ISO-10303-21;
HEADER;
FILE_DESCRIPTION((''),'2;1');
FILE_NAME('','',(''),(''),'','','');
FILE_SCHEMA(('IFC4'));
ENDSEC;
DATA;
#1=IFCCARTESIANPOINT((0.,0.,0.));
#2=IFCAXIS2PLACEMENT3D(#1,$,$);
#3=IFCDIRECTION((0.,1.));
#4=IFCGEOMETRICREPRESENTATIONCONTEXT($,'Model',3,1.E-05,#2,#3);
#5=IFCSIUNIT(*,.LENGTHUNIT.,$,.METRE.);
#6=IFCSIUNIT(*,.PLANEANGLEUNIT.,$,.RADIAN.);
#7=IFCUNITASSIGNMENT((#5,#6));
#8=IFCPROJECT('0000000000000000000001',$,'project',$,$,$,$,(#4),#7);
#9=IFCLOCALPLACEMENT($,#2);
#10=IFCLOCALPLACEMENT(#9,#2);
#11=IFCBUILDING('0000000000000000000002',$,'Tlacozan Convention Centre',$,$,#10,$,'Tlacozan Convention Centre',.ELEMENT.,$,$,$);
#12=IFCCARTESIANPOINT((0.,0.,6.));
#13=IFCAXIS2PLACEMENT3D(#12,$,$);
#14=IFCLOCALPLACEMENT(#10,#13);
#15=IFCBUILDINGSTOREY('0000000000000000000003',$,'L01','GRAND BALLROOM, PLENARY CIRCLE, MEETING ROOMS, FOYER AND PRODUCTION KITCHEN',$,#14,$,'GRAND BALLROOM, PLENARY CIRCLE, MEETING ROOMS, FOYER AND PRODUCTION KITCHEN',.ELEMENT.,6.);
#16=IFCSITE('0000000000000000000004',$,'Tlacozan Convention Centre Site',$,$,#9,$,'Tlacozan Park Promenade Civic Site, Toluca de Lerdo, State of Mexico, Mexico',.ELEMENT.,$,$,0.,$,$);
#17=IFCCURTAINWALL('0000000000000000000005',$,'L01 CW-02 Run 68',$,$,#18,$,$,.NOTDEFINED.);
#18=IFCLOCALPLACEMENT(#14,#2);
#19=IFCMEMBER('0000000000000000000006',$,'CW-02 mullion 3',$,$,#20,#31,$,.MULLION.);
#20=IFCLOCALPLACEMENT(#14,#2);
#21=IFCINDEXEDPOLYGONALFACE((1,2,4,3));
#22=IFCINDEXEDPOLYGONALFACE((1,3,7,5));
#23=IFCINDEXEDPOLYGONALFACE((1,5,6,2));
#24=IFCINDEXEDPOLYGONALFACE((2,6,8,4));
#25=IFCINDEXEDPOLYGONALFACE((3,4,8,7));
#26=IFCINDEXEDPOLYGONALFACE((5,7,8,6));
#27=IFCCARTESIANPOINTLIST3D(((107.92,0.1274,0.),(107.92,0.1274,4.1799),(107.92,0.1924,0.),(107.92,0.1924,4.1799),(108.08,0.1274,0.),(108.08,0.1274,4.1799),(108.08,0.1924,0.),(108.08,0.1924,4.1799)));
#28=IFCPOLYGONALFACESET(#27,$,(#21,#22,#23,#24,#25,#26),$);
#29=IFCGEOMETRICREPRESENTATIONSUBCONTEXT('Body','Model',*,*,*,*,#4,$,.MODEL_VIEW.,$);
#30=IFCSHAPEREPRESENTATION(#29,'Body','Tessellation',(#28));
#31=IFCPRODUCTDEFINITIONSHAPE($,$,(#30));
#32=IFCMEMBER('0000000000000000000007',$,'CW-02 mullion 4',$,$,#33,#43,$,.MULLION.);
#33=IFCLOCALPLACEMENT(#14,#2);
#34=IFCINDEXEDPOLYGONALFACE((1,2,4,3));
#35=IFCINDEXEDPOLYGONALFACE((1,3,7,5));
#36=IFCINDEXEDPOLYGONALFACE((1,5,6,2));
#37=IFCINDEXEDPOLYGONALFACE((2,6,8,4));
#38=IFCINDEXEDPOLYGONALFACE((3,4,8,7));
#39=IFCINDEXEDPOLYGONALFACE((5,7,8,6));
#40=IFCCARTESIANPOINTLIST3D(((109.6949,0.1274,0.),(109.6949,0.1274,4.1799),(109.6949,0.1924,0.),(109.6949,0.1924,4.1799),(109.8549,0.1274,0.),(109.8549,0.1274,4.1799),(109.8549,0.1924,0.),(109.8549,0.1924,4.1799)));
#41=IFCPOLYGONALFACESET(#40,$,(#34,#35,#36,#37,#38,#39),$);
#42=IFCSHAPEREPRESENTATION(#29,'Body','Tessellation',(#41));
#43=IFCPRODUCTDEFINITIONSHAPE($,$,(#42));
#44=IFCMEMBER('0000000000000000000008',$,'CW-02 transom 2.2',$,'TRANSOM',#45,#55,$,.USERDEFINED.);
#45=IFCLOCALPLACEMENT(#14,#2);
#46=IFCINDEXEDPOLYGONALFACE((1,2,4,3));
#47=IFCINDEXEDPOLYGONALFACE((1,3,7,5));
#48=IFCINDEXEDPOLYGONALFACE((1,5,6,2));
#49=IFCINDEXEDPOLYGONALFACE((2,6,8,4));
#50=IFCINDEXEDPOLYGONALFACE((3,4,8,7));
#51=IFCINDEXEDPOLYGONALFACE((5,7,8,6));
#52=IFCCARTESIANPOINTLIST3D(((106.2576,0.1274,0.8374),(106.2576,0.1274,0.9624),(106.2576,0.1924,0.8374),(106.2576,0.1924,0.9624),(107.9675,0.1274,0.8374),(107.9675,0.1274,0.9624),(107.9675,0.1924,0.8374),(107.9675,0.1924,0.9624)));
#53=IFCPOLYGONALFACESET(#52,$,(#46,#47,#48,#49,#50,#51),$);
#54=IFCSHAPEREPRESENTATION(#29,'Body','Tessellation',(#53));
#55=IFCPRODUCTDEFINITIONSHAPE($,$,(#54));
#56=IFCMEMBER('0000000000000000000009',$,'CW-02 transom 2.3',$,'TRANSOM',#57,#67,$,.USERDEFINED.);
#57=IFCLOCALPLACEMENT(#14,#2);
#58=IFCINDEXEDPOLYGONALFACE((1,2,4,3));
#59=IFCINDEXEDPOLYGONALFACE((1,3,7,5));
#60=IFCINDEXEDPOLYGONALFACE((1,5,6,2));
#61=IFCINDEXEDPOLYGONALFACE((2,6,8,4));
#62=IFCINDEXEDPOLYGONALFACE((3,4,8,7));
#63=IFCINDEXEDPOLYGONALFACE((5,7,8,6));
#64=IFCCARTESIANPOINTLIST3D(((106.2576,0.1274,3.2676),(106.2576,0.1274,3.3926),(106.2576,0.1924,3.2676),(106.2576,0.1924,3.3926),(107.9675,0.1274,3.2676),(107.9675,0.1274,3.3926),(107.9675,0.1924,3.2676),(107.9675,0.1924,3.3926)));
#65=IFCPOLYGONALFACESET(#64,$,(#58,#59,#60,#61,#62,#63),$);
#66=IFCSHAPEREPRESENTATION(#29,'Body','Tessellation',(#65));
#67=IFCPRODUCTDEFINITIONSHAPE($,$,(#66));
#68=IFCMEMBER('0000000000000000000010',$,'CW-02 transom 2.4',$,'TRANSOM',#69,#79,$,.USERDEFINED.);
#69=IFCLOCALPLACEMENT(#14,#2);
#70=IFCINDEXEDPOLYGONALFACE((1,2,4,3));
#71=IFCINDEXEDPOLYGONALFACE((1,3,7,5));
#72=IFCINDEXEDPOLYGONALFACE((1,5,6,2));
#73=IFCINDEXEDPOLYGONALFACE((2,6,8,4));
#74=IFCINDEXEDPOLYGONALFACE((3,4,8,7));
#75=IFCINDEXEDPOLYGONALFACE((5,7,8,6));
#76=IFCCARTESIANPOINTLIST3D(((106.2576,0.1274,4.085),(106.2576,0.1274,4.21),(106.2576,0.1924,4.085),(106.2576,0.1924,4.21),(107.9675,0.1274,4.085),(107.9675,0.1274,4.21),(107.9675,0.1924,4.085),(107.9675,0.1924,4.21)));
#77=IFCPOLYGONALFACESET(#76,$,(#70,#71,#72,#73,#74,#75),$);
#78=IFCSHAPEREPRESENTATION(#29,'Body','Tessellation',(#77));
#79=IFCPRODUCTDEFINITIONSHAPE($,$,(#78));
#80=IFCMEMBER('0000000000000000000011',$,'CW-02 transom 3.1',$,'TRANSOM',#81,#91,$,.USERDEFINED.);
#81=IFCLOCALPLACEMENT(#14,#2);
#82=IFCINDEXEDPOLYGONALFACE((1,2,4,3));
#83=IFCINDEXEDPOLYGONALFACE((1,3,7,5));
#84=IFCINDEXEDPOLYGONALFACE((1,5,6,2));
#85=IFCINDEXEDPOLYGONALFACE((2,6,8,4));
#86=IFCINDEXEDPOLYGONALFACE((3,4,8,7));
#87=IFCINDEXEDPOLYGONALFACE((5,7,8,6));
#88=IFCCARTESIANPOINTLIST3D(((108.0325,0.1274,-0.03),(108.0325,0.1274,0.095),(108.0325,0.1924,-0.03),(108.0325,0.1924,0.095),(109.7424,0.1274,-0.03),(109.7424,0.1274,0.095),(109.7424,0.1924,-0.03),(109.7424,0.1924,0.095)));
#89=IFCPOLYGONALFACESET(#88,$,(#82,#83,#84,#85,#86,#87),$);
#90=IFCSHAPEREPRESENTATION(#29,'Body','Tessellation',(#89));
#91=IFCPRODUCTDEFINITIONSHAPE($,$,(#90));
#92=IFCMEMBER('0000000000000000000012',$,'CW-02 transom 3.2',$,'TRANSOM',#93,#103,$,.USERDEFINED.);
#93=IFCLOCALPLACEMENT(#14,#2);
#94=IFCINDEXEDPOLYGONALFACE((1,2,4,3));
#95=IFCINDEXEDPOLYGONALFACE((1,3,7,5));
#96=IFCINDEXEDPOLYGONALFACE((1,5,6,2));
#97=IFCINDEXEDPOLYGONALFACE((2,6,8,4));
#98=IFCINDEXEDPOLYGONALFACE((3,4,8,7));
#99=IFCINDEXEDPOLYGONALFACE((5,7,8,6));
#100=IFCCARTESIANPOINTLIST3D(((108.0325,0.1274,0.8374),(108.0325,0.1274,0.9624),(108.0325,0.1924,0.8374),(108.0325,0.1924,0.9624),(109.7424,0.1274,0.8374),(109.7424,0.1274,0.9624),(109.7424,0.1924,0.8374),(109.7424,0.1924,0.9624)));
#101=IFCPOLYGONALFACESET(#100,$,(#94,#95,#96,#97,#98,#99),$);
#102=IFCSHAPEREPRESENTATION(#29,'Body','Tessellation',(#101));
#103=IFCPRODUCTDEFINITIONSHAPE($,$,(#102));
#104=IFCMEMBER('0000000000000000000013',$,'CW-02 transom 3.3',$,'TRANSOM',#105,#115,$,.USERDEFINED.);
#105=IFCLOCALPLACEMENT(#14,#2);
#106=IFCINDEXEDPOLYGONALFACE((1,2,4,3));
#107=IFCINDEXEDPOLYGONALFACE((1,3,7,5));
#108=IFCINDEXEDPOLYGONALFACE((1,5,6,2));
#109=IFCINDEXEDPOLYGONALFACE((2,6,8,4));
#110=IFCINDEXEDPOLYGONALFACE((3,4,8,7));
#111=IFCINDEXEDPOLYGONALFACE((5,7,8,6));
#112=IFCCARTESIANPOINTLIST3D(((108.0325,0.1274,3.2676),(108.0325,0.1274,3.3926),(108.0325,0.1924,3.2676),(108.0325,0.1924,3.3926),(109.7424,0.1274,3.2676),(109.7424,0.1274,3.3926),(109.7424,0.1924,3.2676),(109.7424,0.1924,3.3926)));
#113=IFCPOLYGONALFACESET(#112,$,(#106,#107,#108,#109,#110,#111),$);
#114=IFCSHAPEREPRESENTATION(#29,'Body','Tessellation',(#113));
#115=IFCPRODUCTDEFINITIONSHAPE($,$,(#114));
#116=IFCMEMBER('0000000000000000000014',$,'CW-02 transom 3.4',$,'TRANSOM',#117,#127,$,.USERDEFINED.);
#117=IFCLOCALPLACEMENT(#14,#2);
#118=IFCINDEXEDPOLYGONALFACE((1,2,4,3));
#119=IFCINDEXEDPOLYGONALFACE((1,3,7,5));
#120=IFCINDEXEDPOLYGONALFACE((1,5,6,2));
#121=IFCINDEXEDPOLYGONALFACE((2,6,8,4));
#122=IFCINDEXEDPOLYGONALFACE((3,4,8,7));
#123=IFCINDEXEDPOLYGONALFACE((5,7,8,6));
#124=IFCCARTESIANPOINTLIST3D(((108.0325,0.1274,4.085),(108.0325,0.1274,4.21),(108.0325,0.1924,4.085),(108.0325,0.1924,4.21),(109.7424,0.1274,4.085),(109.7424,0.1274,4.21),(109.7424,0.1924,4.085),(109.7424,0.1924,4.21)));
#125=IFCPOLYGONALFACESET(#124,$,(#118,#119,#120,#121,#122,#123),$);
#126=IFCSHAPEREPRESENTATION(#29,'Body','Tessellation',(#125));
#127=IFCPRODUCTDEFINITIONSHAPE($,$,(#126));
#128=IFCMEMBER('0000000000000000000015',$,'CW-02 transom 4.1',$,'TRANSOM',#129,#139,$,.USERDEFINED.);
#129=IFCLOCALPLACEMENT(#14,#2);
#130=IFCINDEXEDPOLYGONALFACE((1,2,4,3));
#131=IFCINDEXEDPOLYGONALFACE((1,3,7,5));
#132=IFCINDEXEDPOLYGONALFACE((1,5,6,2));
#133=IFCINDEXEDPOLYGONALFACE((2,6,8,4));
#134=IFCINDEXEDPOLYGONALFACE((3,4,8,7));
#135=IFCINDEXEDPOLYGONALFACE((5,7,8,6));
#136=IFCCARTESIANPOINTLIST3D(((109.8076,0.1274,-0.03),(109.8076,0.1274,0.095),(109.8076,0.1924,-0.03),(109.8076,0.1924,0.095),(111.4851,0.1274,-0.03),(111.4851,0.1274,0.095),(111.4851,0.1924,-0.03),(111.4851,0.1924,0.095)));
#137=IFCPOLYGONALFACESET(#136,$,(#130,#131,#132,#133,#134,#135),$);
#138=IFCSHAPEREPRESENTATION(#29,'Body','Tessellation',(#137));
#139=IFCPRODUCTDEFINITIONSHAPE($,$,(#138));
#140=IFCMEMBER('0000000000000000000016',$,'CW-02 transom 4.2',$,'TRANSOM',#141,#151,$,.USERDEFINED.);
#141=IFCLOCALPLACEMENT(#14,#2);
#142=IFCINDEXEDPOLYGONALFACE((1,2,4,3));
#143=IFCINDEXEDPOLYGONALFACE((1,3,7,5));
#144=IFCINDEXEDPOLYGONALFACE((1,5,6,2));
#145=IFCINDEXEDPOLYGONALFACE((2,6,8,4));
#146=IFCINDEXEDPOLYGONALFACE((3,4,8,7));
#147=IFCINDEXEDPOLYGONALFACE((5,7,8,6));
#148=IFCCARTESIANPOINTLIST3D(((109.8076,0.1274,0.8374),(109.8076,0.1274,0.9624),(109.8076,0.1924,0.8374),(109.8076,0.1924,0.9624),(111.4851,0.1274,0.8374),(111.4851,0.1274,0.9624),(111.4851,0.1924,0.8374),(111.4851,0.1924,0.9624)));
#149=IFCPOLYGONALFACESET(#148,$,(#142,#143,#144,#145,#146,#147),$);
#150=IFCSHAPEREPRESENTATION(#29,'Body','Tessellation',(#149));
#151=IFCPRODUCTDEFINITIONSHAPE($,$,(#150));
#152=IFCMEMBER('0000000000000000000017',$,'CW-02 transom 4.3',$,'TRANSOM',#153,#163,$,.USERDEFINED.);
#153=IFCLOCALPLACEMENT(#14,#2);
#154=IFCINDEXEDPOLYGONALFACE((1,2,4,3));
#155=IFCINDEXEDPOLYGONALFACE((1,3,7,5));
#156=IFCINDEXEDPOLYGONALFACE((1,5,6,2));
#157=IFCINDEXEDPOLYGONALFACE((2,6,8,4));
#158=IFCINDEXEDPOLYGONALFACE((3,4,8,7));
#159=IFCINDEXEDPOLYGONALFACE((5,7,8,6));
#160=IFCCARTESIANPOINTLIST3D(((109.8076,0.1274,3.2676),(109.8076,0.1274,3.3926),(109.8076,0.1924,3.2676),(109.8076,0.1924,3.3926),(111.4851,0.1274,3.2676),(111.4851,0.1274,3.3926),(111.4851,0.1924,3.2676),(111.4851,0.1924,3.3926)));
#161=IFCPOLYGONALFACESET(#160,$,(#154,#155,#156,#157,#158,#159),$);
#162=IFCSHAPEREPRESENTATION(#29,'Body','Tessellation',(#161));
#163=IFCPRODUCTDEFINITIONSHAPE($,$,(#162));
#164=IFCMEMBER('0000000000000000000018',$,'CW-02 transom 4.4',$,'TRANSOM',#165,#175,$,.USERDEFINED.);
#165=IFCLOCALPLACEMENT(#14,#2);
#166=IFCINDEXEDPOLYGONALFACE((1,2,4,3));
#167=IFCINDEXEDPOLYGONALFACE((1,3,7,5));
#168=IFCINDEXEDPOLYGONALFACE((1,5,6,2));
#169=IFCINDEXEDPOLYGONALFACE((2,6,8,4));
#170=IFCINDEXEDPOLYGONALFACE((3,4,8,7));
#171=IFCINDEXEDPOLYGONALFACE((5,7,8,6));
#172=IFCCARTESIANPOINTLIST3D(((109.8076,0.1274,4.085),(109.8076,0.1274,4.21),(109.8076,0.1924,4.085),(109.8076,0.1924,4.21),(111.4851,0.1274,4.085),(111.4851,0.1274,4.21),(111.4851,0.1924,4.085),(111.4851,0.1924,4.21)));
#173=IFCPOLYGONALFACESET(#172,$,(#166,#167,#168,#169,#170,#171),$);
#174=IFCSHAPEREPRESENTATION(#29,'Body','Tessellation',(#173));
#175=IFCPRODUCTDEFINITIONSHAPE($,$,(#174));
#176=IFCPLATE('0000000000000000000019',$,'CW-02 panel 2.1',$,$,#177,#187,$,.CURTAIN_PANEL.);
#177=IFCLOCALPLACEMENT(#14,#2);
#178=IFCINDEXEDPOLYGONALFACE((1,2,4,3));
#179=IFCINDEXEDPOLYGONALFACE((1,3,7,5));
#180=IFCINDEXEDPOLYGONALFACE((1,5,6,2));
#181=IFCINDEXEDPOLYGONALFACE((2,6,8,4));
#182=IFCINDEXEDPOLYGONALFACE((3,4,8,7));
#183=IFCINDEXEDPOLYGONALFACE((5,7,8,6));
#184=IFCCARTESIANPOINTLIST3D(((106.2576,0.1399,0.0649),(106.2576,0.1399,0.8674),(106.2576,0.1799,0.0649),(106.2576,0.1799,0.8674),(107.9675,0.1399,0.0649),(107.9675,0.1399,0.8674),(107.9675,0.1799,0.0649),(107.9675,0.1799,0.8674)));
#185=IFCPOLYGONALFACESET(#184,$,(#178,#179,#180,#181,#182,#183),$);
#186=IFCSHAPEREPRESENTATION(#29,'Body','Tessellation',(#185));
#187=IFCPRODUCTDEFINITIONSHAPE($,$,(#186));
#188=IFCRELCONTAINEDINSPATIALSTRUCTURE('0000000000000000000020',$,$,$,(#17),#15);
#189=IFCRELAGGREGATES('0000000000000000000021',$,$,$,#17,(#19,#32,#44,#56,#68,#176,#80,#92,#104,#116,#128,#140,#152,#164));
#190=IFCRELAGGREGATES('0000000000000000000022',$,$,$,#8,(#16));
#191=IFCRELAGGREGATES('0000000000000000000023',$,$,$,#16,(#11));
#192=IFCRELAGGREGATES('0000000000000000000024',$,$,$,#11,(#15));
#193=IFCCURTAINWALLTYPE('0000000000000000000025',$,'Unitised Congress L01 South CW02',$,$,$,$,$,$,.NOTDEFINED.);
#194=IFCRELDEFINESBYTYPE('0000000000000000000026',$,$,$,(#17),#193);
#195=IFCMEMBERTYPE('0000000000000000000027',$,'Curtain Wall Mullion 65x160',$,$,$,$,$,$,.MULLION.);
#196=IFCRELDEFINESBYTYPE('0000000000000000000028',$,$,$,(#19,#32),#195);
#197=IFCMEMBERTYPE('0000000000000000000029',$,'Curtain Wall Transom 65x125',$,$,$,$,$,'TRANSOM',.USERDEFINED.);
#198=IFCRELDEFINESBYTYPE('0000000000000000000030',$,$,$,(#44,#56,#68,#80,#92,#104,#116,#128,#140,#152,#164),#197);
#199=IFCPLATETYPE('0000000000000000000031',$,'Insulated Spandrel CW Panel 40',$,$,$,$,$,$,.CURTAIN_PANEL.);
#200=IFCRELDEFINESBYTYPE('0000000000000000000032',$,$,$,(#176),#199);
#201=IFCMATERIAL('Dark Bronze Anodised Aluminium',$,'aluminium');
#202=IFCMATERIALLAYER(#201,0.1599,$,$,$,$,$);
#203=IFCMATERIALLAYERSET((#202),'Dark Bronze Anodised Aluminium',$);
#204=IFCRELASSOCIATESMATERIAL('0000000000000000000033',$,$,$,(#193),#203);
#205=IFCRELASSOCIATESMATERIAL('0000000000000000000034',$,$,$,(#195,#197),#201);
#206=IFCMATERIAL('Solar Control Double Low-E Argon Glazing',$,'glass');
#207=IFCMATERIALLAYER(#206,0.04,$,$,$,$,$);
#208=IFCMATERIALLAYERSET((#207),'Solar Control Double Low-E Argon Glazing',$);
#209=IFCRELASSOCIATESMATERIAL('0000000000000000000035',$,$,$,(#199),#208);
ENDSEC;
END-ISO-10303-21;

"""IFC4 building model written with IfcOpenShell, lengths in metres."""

from ifc_helpers import new_model, si_unit, direction, frame, origin, origin_2d, place, context, subcontext, project, spatial, rectangle, extrude, material, layer, layer_set, material_profile, profile_set, type_object, element, aggregate, save


model = new_model("IFC4")

# Units and contexts
model_context = context("Model", 3, precision=1e-05, world=origin(), true_north=direction((0.0, 1.0)))
body_context = subcontext(model_context, "Body", "Model", "MODEL_VIEW")
ifc_project = project(units=[si_unit("LENGTHUNIT", "METRE"), si_unit("PLANEANGLEUNIT", "RADIAN")], contexts=[model_context])

# Site, building, storey
site_placement = place(None, origin())
site = spatial("IfcSite", under=ifc_project, at=site_placement, Name="Tlacozan Convention Centre Site", LongName="Tlacozan Park Promenade Civic Site, Toluca de Lerdo, State of Mexico, Mexico", CompositionType="ELEMENT", RefElevation=0.0)
building_placement = place(site_placement, origin())
building = spatial("IfcBuilding", under=site, at=building_placement, Name="Tlacozan Convention Centre", LongName="Tlacozan Convention Centre", CompositionType="ELEMENT")
storey_placement = place(building_placement, frame((0.0, 0.0, 6.0)))
storey = spatial("IfcBuildingStorey", under=building, at=storey_placement, Name="L01", Description="GRAND BALLROOM, PLENARY CIRCLE, MEETING ROOMS, FOYER AND PRODUCTION KITCHEN", LongName="GRAND BALLROOM, PLENARY CIRCLE, MEETING ROOMS, FOYER AND PRODUCTION KITCHEN", CompositionType="ELEMENT", Elevation=6.0)

# Curtain wall, members, plate
ifc_material_1 = material(Name="Dark Bronze Anodised Aluminium", Category="aluminium")
ifc_layer_1 = layer(ifc_material_1, 0.1599)
ifc_layer_set_1 = layer_set([ifc_layer_1], Name="Dark Bronze Anodised Aluminium")
curtain_wall_type = type_object("IfcCurtainWallType", Name="Unitised Congress L01 South CW02", PredefinedType="NOTDEFINED", material=ifc_layer_set_1)
curtain_wall_placement = place(storey_placement, origin())
curtain_wall = element("IfcCurtainWall", 1, at=curtain_wall_placement, inside=storey, type_object=curtain_wall_type, Name="L01 CW-02 Run 68", PredefinedType="NOTDEFINED")
ifc_material_profile_1 = material_profile(ifc_material_1, rectangle(XDim=0.0649, YDim=0.1599, at=origin_2d()), Name="ALU 65x160")
ifc_profile_set_1 = profile_set([ifc_material_profile_1], Name="Dark Bronze Anodised Aluminium")
member_type_1 = type_object("IfcMemberType", Name="Curtain Wall Mullion 65x160", PredefinedType="MULLION", material=ifc_profile_set_1)
member_1_placement = place(storey_placement, frame((108.0, 0.1599, 0.0), z_axis=(0.0, 0.0, 1.0), x_axis=(0.0, 1.0, 0.0)))
member_1 = element("IfcMember", 2, at=member_1_placement, type_object=member_type_1, Name="CW-02 mullion 3", PredefinedType="MULLION", context=body_context, shape_type="SweptSolid", body=[
    extrude(rectangle(XDim=0.0649, YDim=0.1599, at=origin_2d()), origin(), (0.0, 0.0, 1.0), 4.1799),
])
member_2_placement = place(storey_placement, frame((109.7749, 0.1599, 0.0), z_axis=(0.0, 0.0, 1.0), x_axis=(0.0, 1.0, 0.0)))
member_2 = element("IfcMember", 3, at=member_2_placement, type_object=member_type_1, Name="CW-02 mullion 4", PredefinedType="MULLION", context=body_context, shape_type="SweptSolid", body=[
    extrude(rectangle(XDim=0.0649, YDim=0.1599, at=origin_2d()), origin(), (0.0, 0.0, 1.0), 4.1799),
])
ifc_material_profile_2 = material_profile(ifc_material_1, rectangle(XDim=0.0649, YDim=0.125, at=origin_2d()), Name="ALU 65x125")
ifc_profile_set_2 = profile_set([ifc_material_profile_2], Name="Dark Bronze Anodised Aluminium")
member_type_2 = type_object("IfcMemberType", Name="Curtain Wall Transom 65x125", ElementType="TRANSOM", PredefinedType="USERDEFINED", material=ifc_profile_set_2)
member_3_placement = place(storey_placement, frame((106.2576, 0.1599, 0.8999), z_axis=(1.0, 0.0, 0.0), x_axis=(0.0, 1.0, 0.0)))
member_3 = element("IfcMember", 4, at=member_3_placement, type_object=member_type_2, Name="CW-02 transom 2.2", ObjectType="TRANSOM", PredefinedType="USERDEFINED", context=body_context, shape_type="SweptSolid", body=[
    extrude(rectangle(XDim=0.0649, YDim=0.125, at=origin_2d()), origin(), (0.0, 0.0, 1.0), 1.71),
])
member_4_placement = place(storey_placement, frame((106.2576, 0.1599, 3.3301), z_axis=(1.0, 0.0, 0.0), x_axis=(0.0, 1.0, 0.0)))
member_4 = element("IfcMember", 5, at=member_4_placement, type_object=member_type_2, Name="CW-02 transom 2.3", ObjectType="TRANSOM", PredefinedType="USERDEFINED", context=body_context, shape_type="SweptSolid", body=[
    extrude(rectangle(XDim=0.0649, YDim=0.125, at=origin_2d()), origin(), (0.0, 0.0, 1.0), 1.71),
])
member_5_placement = place(storey_placement, frame((106.2576, 0.1599, 4.1475), z_axis=(1.0, 0.0, 0.0), x_axis=(0.0, 1.0, 0.0)))
member_5 = element("IfcMember", 6, at=member_5_placement, type_object=member_type_2, Name="CW-02 transom 2.4", ObjectType="TRANSOM", PredefinedType="USERDEFINED", context=body_context, shape_type="SweptSolid", body=[
    extrude(rectangle(XDim=0.0649, YDim=0.125, at=origin_2d()), origin(), (0.0, 0.0, 1.0), 1.71),
])
member_6_placement = place(storey_placement, frame((108.0325, 0.1599, 0.0325), z_axis=(1.0, 0.0, 0.0), x_axis=(0.0, 1.0, 0.0)))
member_6 = element("IfcMember", 7, at=member_6_placement, type_object=member_type_2, Name="CW-02 transom 3.1", ObjectType="TRANSOM", PredefinedType="USERDEFINED", context=body_context, shape_type="SweptSolid", body=[
    extrude(rectangle(XDim=0.0649, YDim=0.125, at=origin_2d()), origin(), (0.0, 0.0, 1.0), 1.71),
])
member_7_placement = place(storey_placement, frame((108.0325, 0.1599, 0.8999), z_axis=(1.0, 0.0, 0.0), x_axis=(0.0, 1.0, 0.0)))
member_7 = element("IfcMember", 8, at=member_7_placement, type_object=member_type_2, Name="CW-02 transom 3.2", ObjectType="TRANSOM", PredefinedType="USERDEFINED", context=body_context, shape_type="SweptSolid", body=[
    extrude(rectangle(XDim=0.0649, YDim=0.125, at=origin_2d()), origin(), (0.0, 0.0, 1.0), 1.71),
])
member_8_placement = place(storey_placement, frame((108.0325, 0.1599, 3.3301), z_axis=(1.0, 0.0, 0.0), x_axis=(0.0, 1.0, 0.0)))
member_8 = element("IfcMember", 9, at=member_8_placement, type_object=member_type_2, Name="CW-02 transom 3.3", ObjectType="TRANSOM", PredefinedType="USERDEFINED", context=body_context, shape_type="SweptSolid", body=[
    extrude(rectangle(XDim=0.0649, YDim=0.125, at=origin_2d()), origin(), (0.0, 0.0, 1.0), 1.71),
])
member_9_placement = place(storey_placement, frame((108.0325, 0.1599, 4.1475), z_axis=(1.0, 0.0, 0.0), x_axis=(0.0, 1.0, 0.0)))
member_9 = element("IfcMember", 10, at=member_9_placement, type_object=member_type_2, Name="CW-02 transom 3.4", ObjectType="TRANSOM", PredefinedType="USERDEFINED", context=body_context, shape_type="SweptSolid", body=[
    extrude(rectangle(XDim=0.0649, YDim=0.125, at=origin_2d()), origin(), (0.0, 0.0, 1.0), 1.71),
])
member_10_placement = place(storey_placement, frame((109.8076, 0.1599, 0.0325), z_axis=(1.0, 0.0, 0.0), x_axis=(0.0, 1.0, 0.0)))
member_10 = element("IfcMember", 11, at=member_10_placement, type_object=member_type_2, Name="CW-02 transom 4.1", ObjectType="TRANSOM", PredefinedType="USERDEFINED", context=body_context, shape_type="SweptSolid", body=[
    extrude(rectangle(XDim=0.0649, YDim=0.125, at=origin_2d()), origin(), (0.0, 0.0, 1.0), 1.6775),
])
member_11_placement = place(storey_placement, frame((109.8076, 0.1599, 0.8999), z_axis=(1.0, 0.0, 0.0), x_axis=(0.0, 1.0, 0.0)))
member_11 = element("IfcMember", 12, at=member_11_placement, type_object=member_type_2, Name="CW-02 transom 4.2", ObjectType="TRANSOM", PredefinedType="USERDEFINED", context=body_context, shape_type="SweptSolid", body=[
    extrude(rectangle(XDim=0.0649, YDim=0.125, at=origin_2d()), origin(), (0.0, 0.0, 1.0), 1.6775),
])
member_12_placement = place(storey_placement, frame((109.8076, 0.1599, 3.3301), z_axis=(1.0, 0.0, 0.0), x_axis=(0.0, 1.0, 0.0)))
member_12 = element("IfcMember", 13, at=member_12_placement, type_object=member_type_2, Name="CW-02 transom 4.3", ObjectType="TRANSOM", PredefinedType="USERDEFINED", context=body_context, shape_type="SweptSolid", body=[
    extrude(rectangle(XDim=0.0649, YDim=0.125, at=origin_2d()), origin(), (0.0, 0.0, 1.0), 1.6775),
])
member_13_placement = place(storey_placement, frame((109.8076, 0.1599, 4.1475), z_axis=(1.0, 0.0, 0.0), x_axis=(0.0, 1.0, 0.0)))
member_13 = element("IfcMember", 14, at=member_13_placement, type_object=member_type_2, Name="CW-02 transom 4.4", ObjectType="TRANSOM", PredefinedType="USERDEFINED", context=body_context, shape_type="SweptSolid", body=[
    extrude(rectangle(XDim=0.0649, YDim=0.125, at=origin_2d()), origin(), (0.0, 0.0, 1.0), 1.6775),
])
ifc_material_2 = material(Name="Solar Control Double Low-E Argon Glazing", Category="glass")
ifc_layer_2 = layer(ifc_material_2, 0.04)
ifc_layer_set_2 = layer_set([ifc_layer_2], Name="Solar Control Double Low-E Argon Glazing")
plate_type = type_object("IfcPlateType", Name="Insulated Spandrel CW Panel 40", PredefinedType="CURTAIN_PANEL", material=ifc_layer_set_2)
plate_1_placement = place(storey_placement, frame((107.1125, 0.1599, 0.0649), z_axis=(0.0, 0.0, 1.0), x_axis=(1.0, 0.0, 0.0)))
plate_1 = element("IfcPlate", 15, at=plate_1_placement, type_object=plate_type, Name="CW-02 panel 2.1", PredefinedType="CURTAIN_PANEL", context=body_context, shape_type="SweptSolid", body=[
    extrude(rectangle(XDim=1.71, YDim=0.04, at=origin_2d()), origin(), (0.0, 0.0, 1.0), 0.8025),
])
aggregate(curtain_wall, [member_1, member_2, member_3, member_4, member_5, plate_1, member_6, member_7, member_8, member_9, member_10, member_11, member_12, member_13])

save(model, "model.ifc")
